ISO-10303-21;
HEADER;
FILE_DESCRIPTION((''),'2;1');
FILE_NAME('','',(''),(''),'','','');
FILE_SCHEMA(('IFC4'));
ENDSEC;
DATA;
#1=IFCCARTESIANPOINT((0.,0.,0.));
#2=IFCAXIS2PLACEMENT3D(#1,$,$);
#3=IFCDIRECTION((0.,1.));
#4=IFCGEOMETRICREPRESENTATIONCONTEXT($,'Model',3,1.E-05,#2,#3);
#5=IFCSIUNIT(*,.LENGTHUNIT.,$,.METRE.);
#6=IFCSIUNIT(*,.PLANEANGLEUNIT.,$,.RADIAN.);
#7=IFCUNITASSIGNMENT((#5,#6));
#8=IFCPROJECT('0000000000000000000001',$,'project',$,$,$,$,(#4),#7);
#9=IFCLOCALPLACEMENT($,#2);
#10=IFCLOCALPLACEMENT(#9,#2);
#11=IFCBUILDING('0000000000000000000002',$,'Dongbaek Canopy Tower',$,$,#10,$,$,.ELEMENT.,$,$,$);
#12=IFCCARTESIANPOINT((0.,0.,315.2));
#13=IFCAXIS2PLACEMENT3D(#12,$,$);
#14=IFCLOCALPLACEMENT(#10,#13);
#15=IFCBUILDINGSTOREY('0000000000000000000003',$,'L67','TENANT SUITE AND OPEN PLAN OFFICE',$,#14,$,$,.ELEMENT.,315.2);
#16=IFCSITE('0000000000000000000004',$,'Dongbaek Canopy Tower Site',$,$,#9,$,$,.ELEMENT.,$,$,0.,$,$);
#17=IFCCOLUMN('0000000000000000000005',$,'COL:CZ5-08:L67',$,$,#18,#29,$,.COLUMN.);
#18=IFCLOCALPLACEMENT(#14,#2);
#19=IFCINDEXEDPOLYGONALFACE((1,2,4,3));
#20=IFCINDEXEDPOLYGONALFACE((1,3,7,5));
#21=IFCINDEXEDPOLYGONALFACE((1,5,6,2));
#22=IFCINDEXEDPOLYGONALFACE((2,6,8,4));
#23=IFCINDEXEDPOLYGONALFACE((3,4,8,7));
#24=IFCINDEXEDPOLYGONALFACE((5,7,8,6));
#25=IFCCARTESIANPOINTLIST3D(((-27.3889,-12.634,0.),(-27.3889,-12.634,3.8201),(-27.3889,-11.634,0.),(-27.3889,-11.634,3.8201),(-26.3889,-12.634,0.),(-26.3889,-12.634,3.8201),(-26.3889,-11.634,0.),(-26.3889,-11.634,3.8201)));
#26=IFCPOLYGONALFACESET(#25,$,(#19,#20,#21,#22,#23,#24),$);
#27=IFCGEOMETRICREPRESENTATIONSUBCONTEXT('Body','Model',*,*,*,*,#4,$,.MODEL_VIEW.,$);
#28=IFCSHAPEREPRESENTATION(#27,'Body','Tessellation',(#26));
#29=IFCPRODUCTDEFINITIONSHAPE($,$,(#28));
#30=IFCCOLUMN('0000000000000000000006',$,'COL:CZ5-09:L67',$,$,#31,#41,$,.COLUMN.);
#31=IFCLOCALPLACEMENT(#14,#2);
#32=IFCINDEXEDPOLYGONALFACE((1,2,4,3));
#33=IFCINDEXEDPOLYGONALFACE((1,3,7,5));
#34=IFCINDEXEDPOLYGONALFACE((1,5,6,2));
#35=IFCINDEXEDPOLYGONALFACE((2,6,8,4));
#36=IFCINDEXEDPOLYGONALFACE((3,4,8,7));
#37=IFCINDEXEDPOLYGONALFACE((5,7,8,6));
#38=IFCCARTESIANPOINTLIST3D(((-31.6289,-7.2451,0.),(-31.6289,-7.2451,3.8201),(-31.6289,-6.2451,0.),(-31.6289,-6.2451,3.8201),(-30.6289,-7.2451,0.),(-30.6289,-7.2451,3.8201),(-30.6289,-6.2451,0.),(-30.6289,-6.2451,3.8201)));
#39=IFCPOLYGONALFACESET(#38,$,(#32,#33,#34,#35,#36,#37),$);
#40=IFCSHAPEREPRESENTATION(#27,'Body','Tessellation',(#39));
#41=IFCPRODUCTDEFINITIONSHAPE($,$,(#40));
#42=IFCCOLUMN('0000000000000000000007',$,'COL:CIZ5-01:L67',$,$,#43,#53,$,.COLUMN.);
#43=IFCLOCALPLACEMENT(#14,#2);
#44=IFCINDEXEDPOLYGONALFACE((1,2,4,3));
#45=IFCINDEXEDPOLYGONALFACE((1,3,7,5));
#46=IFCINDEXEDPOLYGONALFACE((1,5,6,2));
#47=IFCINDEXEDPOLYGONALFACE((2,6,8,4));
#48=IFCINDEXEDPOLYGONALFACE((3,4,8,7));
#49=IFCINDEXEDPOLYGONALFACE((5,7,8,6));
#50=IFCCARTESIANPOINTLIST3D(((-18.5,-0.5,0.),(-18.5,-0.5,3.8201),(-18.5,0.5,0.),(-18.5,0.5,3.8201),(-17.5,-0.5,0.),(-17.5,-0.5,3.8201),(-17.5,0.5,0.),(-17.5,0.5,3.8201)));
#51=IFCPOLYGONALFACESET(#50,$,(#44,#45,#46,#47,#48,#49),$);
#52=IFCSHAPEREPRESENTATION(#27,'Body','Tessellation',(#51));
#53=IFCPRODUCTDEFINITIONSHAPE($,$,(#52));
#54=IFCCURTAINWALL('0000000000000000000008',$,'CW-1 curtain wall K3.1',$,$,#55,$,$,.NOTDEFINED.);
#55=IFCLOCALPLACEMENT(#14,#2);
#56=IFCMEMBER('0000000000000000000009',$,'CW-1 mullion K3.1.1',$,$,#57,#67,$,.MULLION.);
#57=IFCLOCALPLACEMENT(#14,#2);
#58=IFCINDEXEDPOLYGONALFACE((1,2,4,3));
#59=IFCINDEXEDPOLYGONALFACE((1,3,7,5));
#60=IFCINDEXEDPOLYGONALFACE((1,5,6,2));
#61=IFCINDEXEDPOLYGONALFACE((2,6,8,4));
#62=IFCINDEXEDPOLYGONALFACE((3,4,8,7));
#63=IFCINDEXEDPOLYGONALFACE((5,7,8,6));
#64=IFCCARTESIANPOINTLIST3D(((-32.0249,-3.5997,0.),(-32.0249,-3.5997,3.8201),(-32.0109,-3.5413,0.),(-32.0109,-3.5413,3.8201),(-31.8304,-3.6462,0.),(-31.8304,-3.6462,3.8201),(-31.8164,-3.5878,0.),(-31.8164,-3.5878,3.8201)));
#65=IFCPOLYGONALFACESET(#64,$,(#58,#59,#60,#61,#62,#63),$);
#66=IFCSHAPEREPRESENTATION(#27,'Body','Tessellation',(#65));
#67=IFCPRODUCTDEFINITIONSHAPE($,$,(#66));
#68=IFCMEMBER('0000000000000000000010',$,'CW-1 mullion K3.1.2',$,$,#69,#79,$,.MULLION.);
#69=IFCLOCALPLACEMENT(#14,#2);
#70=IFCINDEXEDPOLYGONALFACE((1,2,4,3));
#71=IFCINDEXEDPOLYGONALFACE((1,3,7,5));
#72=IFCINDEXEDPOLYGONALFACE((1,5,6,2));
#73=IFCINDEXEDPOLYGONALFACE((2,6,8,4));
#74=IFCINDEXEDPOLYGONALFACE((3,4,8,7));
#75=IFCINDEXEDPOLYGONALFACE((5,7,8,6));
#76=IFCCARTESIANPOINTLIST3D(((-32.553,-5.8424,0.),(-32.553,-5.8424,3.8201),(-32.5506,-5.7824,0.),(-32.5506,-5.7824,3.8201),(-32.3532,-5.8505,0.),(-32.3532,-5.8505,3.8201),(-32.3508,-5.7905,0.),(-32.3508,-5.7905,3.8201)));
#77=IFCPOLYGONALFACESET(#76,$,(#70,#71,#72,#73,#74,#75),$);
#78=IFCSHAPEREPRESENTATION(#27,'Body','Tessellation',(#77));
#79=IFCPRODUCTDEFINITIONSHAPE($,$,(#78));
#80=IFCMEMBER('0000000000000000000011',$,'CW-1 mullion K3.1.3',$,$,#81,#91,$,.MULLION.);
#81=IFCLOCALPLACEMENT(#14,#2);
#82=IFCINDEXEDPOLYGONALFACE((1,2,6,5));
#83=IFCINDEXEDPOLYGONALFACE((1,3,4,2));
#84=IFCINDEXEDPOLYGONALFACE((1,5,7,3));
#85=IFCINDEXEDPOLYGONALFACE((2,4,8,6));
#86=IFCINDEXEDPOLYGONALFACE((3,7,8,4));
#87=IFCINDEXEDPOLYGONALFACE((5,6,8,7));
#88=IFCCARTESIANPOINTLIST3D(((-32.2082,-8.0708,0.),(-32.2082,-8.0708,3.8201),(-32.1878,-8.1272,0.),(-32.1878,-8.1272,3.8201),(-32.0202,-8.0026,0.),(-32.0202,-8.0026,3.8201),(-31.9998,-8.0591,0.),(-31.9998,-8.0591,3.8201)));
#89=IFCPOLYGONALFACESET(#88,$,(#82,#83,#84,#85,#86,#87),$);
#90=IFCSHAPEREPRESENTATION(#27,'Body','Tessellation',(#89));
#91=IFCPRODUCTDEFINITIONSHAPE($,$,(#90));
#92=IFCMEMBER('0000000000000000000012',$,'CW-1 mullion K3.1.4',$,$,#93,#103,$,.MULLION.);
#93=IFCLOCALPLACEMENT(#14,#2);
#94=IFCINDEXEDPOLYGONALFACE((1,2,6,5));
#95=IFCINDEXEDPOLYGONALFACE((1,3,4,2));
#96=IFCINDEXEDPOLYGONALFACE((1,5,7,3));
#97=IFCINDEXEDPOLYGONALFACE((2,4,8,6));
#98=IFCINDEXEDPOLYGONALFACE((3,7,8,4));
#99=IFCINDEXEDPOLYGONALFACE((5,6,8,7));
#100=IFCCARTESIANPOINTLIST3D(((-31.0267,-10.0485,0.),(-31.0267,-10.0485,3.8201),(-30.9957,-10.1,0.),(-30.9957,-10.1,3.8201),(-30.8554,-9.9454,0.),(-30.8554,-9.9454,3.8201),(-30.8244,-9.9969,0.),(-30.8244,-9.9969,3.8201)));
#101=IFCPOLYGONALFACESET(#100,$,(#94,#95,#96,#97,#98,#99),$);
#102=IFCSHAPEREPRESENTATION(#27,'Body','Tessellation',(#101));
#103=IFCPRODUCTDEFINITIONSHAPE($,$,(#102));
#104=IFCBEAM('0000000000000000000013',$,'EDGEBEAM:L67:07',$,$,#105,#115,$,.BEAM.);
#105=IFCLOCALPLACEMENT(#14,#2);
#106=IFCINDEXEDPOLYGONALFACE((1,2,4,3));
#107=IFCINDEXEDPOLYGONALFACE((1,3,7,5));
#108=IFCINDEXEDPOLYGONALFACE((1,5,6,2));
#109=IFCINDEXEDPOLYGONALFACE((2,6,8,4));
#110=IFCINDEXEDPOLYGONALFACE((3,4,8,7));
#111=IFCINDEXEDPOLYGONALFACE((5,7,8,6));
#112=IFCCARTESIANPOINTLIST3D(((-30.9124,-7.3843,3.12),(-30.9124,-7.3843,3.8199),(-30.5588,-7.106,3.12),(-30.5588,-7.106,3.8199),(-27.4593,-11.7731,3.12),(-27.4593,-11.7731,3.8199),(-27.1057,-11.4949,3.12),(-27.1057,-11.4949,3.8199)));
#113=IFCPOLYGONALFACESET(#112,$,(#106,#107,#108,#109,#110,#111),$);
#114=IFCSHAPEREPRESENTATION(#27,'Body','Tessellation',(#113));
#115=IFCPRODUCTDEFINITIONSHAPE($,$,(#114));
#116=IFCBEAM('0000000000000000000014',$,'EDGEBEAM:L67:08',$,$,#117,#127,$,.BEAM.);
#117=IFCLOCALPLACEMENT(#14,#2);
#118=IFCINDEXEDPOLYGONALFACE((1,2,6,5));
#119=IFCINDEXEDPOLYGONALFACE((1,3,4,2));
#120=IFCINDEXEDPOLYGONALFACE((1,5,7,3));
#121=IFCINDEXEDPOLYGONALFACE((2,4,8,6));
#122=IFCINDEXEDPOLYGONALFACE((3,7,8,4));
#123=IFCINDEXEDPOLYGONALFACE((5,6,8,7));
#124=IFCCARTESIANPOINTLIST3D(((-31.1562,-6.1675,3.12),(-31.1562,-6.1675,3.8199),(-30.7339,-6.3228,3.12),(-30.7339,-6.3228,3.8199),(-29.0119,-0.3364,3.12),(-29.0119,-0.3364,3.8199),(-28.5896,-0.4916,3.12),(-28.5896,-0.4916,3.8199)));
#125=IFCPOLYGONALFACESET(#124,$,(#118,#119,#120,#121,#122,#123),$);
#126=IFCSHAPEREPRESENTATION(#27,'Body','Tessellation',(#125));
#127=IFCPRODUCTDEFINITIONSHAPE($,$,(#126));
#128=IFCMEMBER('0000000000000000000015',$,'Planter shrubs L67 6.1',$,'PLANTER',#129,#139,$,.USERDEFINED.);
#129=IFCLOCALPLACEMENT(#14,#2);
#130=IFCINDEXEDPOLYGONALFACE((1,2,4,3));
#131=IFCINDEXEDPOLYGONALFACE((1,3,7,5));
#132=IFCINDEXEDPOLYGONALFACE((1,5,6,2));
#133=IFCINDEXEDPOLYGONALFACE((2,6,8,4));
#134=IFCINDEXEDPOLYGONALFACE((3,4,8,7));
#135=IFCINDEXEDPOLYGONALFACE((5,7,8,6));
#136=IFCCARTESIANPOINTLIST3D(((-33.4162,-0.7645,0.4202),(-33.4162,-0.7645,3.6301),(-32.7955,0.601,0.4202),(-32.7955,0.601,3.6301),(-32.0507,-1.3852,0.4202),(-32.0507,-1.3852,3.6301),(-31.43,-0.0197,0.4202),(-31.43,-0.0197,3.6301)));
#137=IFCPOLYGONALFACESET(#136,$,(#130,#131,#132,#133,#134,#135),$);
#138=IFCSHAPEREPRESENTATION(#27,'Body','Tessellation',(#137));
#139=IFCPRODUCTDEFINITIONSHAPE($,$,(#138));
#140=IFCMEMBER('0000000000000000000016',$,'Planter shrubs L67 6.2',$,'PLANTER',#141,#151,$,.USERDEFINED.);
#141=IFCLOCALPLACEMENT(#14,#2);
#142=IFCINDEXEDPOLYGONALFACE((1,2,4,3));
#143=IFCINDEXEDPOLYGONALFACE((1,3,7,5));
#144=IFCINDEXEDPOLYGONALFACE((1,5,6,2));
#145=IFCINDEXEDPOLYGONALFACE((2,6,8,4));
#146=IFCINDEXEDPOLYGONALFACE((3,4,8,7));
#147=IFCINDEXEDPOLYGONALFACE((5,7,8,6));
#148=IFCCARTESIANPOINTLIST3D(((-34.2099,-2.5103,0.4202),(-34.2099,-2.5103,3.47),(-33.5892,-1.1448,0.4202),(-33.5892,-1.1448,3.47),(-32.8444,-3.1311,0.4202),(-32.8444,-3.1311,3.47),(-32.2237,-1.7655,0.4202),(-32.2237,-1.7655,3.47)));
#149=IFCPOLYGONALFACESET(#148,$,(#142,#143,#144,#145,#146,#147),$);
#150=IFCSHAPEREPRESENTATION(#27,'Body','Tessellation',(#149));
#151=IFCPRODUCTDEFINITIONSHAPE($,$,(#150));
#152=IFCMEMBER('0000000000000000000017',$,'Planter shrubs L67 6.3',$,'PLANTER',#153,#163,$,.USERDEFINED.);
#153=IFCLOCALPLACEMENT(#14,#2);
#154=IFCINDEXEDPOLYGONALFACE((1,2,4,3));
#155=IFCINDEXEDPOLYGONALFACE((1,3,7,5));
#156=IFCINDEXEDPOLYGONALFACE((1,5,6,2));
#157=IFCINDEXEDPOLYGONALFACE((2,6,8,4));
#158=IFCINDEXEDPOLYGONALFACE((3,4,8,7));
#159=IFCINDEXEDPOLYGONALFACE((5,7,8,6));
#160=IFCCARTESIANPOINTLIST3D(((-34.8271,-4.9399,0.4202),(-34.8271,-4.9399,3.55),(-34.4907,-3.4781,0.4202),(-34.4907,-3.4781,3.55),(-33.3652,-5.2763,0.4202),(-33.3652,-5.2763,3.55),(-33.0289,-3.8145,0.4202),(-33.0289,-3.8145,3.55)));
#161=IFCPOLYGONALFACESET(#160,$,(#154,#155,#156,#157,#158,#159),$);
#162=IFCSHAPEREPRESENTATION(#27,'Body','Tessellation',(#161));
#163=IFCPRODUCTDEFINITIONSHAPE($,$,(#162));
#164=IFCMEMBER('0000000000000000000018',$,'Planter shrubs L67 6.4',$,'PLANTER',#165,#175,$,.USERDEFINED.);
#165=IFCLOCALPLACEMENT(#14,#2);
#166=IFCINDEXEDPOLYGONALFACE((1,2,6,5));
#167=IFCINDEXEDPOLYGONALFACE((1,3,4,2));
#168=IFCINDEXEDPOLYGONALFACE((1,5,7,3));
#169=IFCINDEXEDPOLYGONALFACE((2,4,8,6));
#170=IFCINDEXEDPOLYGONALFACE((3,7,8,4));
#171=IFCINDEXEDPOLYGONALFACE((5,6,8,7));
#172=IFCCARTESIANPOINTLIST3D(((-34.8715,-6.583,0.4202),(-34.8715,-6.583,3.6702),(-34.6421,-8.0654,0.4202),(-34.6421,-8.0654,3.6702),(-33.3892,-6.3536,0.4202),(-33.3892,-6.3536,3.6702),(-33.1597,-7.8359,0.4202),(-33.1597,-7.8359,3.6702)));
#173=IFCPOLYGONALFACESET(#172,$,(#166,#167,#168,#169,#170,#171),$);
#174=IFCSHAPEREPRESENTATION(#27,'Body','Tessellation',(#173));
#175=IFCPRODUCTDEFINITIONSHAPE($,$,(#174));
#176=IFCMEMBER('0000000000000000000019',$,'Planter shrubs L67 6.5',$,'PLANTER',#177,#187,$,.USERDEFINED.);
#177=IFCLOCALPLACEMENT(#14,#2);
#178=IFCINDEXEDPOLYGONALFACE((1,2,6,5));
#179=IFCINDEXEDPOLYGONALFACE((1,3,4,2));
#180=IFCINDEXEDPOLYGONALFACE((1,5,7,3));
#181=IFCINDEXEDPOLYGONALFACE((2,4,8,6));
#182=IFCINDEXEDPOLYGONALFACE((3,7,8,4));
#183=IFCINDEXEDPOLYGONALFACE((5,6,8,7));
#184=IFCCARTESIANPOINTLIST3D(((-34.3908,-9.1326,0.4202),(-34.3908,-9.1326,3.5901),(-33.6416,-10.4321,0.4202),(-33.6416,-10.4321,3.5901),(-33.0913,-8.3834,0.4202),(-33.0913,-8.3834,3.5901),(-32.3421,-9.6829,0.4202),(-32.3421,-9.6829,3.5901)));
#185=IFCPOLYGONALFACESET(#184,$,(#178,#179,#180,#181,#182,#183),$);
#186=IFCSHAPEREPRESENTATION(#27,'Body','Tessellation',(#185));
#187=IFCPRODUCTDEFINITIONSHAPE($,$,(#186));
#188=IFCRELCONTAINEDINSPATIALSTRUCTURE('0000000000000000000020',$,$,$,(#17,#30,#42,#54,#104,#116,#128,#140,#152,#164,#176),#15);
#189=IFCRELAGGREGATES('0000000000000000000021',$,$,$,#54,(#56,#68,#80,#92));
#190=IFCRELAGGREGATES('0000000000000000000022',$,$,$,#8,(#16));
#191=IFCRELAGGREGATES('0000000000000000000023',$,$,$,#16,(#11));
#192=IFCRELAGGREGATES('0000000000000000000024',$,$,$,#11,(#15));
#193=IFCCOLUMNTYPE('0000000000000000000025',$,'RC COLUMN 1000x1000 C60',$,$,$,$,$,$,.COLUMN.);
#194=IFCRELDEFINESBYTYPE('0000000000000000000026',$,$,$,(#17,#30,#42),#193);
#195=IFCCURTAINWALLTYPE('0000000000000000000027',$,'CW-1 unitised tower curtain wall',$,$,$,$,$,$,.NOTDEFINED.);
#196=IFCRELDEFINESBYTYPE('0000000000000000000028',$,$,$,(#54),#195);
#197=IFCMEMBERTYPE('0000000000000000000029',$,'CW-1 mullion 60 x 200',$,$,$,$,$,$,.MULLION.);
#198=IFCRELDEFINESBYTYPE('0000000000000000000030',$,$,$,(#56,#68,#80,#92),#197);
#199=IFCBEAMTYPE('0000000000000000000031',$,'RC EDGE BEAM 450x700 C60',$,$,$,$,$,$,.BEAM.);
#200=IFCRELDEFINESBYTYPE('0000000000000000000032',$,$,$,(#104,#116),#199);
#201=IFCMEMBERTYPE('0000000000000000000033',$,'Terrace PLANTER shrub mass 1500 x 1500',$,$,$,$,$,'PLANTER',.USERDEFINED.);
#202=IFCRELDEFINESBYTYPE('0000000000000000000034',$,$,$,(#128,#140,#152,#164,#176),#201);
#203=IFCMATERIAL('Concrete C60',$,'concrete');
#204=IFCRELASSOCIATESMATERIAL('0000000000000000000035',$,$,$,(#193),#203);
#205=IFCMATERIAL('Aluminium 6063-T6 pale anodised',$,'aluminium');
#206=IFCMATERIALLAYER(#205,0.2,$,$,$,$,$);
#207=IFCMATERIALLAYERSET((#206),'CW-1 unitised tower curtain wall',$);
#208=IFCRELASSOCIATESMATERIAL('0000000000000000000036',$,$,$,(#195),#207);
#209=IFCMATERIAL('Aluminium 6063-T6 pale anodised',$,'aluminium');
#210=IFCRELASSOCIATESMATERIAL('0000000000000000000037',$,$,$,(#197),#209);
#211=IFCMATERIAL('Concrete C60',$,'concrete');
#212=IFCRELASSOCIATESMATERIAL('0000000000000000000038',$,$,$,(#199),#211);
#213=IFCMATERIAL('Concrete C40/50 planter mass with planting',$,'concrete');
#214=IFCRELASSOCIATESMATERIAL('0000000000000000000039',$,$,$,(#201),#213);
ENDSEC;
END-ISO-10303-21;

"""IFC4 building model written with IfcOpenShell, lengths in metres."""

from ifc_helpers import new_model, si_unit, direction, frame, origin, origin_2d, place, context, subcontext, project, spatial, rectangle, extrude, material, layer, layer_set, material_profile, profile_set, type_object, element, aggregate, save


model = new_model("IFC4")

# Units and contexts
model_context = context("Model", 3, precision=1e-05, world=origin(), true_north=direction((0.0, 1.0)))
body_context = subcontext(model_context, "Body", "Model", "MODEL_VIEW")
ifc_project = project(units=[si_unit("LENGTHUNIT", "METRE"), si_unit("PLANEANGLEUNIT", "RADIAN")], contexts=[model_context])

# Site, building, storey
site_placement = place(None, origin())
site = spatial("IfcSite", under=ifc_project, at=site_placement, Name="Dongbaek Canopy Tower Site", CompositionType="ELEMENT", RefElevation=0.0)
building_placement = place(site_placement, origin())
building = spatial("IfcBuilding", under=site, at=building_placement, Name="Dongbaek Canopy Tower", CompositionType="ELEMENT")
storey_placement = place(building_placement, frame((0.0, 0.0, 315.2)))
storey = spatial("IfcBuildingStorey", under=building, at=storey_placement, Name="L67", Description="TENANT SUITE AND OPEN PLAN OFFICE", CompositionType="ELEMENT", Elevation=315.2)

# Columns
ifc_material_1 = material(Name="Concrete C60", Category="concrete")
ifc_material_profile_1 = material_profile(ifc_material_1, rectangle(XDim=1.0, YDim=1.0, at=origin_2d()), Name="RC COLUMN 1000x1000 C60")
ifc_profile_set_1 = profile_set([ifc_material_profile_1], Name="Concrete C60")
column_type = type_object("IfcColumnType", Name="RC COLUMN 1000x1000 C60", PredefinedType="COLUMN", material=ifc_profile_set_1)
for number, where, z_axis, x_axis, name in (
    (1, (-26.8889, -12.134, 0.0), (0.0, 0.0, 1.0), (1.0, 0.0, 0.0), "COL:CZ5-08:L67"),
    (2, (-31.1289, -6.7451, 0.0), (0.0, 0.0, 1.0), (1.0, 0.0, 0.0), "COL:CZ5-09:L67"),
    (3, (-18.0, 0.0, 0.0), (0.0, 0.0, 1.0), (1.0, 0.0, 0.0), "COL:CIZ5-01:L67"),
):
    element("IfcColumn", number, at=place(storey_placement, frame(where, z_axis=z_axis, x_axis=x_axis)), inside=storey, type_object=column_type, Name=name, PredefinedType="COLUMN", context=body_context, shape_type="SweptSolid", body=[
        extrude(rectangle(XDim=1.0, YDim=1.0, at=origin_2d()), origin(), (0.0, 0.0, 1.0), 3.8201),
    ])

# Curtain wall, members
ifc_material_2 = material(Name="Aluminium 6063-T6 pale anodised", Category="aluminium")
ifc_layer_1 = layer(ifc_material_2, 0.2)
ifc_layer_set_1 = layer_set([ifc_layer_1], Name="CW-1 unitised tower curtain wall")
curtain_wall_type = type_object("IfcCurtainWallType", Name="CW-1 unitised tower curtain wall", PredefinedType="NOTDEFINED", material=ifc_layer_set_1)
curtain_wall_placement = place(storey_placement, origin())
curtain_wall = element("IfcCurtainWall", 4, at=curtain_wall_placement, inside=storey, type_object=curtain_wall_type, Name="CW-1 curtain wall K3.1", PredefinedType="NOTDEFINED")
ifc_material_3 = material(Name="Aluminium 6063-T6 pale anodised", Category="aluminium")
ifc_material_profile_2 = material_profile(ifc_material_3, rectangle(XDim=0.2, YDim=0.0601, at=origin_2d()), Name="CW-1 mullion 60 x 200")
ifc_profile_set_2 = profile_set([ifc_material_profile_2], Name="Aluminium 6063-T6 pale anodised")
member_type_1 = type_object("IfcMemberType", Name="CW-1 mullion 60 x 200", PredefinedType="MULLION", material=ifc_profile_set_2)
member_1_placement = place(storey_placement, frame((-31.9207, -3.5938, 0.0), z_axis=(0.0, 0.0, 1.0), x_axis=(-0.972601, 0.232482, 0.0)))
member_1 = element("IfcMember", 5, at=member_1_placement, type_object=member_type_1, Name="CW-1 mullion K3.1.1", PredefinedType="MULLION", context=body_context, shape_type="SweptSolid", body=[
    extrude(rectangle(XDim=0.2, YDim=0.0601, at=origin_2d()), origin(), (0.0, 0.0, 1.0), 3.8201),
])
member_2_placement = place(storey_placement, frame((-32.4519, -5.8164, 0.0), z_axis=(0.0, 0.0, 1.0), x_axis=(-0.999179, 0.04052, 0.0)))
member_2 = element("IfcMember", 6, at=member_2_placement, type_object=member_type_1, Name="CW-1 mullion K3.1.2", PredefinedType="MULLION", context=body_context, shape_type="SweptSolid", body=[
    extrude(rectangle(XDim=0.2, YDim=0.0601, at=origin_2d()), origin(), (0.0, 0.0, 1.0), 3.8201),
])
member_3_placement = place(storey_placement, frame((-32.104, -8.0649, 0.0), z_axis=(0.0, 0.0, 1.0), x_axis=(-0.940171, -0.340703, 0.0)))
member_3 = element("IfcMember", 7, at=member_3_placement, type_object=member_type_1, Name="CW-1 mullion K3.1.3", PredefinedType="MULLION", context=body_context, shape_type="SweptSolid", body=[
    extrude(rectangle(XDim=0.2, YDim=0.0601, at=origin_2d()), origin(), (0.0, 0.0, 1.0), 3.8201),
])
member_4_placement = place(storey_placement, frame((-30.9255, -10.0227, 0.0), z_axis=(0.0, 0.0, 1.0), x_axis=(-0.856802, -0.515646, 0.0)))
member_4 = element("IfcMember", 8, at=member_4_placement, type_object=member_type_1, Name="CW-1 mullion K3.1.4", PredefinedType="MULLION", context=body_context, shape_type="SweptSolid", body=[
    extrude(rectangle(XDim=0.2, YDim=0.0601, at=origin_2d()), origin(), (0.0, 0.0, 1.0), 3.8201),
])

# Beams
ifc_material_4 = material(Name="Concrete C60", Category="concrete")
ifc_material_profile_3 = material_profile(ifc_material_4, rectangle(XDim=0.45, YDim=0.7, at=origin_2d()), Name="RC EDGE BEAM 450x700 C60")
ifc_profile_set_3 = profile_set([ifc_material_profile_3], Name="Concrete C60")
beam_type = type_object("IfcBeamType", Name="RC EDGE BEAM 450x700 C60", PredefinedType="BEAM", material=ifc_profile_set_3)
beam_1_placement = place(storey_placement, frame((-27.2825, -11.634, 3.47), z_axis=(-0.618341, 0.78591, 0.0), x_axis=(-0.78591, -0.618341, 0.0)))
element("IfcBeam", 9, at=beam_1_placement, inside=storey, type_object=beam_type, Name="EDGEBEAM:L67:07", PredefinedType="BEAM", context=body_context, shape_type="SweptSolid", body=[
    extrude(rectangle(XDim=0.45, YDim=0.7, at=origin_2d()), origin(), (0.0, 0.0, 1.0), 5.5845),
])
beam_2_placement = place(storey_placement, frame((-30.9451, -6.2451, 3.47), z_axis=(0.345139, 0.938552, 0.0), x_axis=(-0.938552, 0.345139, 0.0)))
element("IfcBeam", 10, at=beam_2_placement, inside=storey, type_object=beam_type, Name="EDGEBEAM:L67:08", PredefinedType="BEAM", context=body_context, shape_type="SweptSolid", body=[
    extrude(rectangle(XDim=0.45, YDim=0.7, at=origin_2d()), origin(), (0.0, 0.0, 1.0), 6.2129),
])

# Members
ifc_material_5 = material(Name="Concrete C40/50 planter mass with planting", Category="concrete")
ifc_material_profile_4 = material_profile(ifc_material_5, rectangle(XDim=1.5, YDim=1.5, at=origin_2d()), Name="Terrace PLANTER shrub mass 1500 x 1500")
ifc_profile_set_4 = profile_set([ifc_material_profile_4], Name="Concrete C40/50 planter mass with planting")
member_type_2 = type_object("IfcMemberType", Name="Terrace PLANTER shrub mass 1500 x 1500", ElementType="PLANTER", PredefinedType="USERDEFINED", material=ifc_profile_set_4)
member_5_placement = place(storey_placement, frame((-32.4231, -0.3921, 0.4202), z_axis=(0.0, 0.0, 1.0), x_axis=(-0.910356, 0.413826, 0.0)))
element("IfcMember", 11, at=member_5_placement, inside=storey, type_object=member_type_2, Name="Planter shrubs L67 6.1", ObjectType="PLANTER", PredefinedType="USERDEFINED", context=body_context, shape_type="SweptSolid", body=[
    extrude(rectangle(XDim=1.5, YDim=1.5, at=origin_2d()), origin(), (0.0, 0.0, 1.0), 3.21),
])
member_6_placement = place(storey_placement, frame((-33.2168, -2.1379, 0.4202), z_axis=(0.0, 0.0, 1.0), x_axis=(-0.910356, 0.413826, 0.0)))
element("IfcMember", 12, at=member_6_placement, inside=storey, type_object=member_type_2, Name="Planter shrubs L67 6.2", ObjectType="PLANTER", PredefinedType="USERDEFINED", context=body_context, shape_type="SweptSolid", body=[
    extrude(rectangle(XDim=1.5, YDim=1.5, at=origin_2d()), origin(), (0.0, 0.0, 1.0), 3.0498),
])
member_7_placement = place(storey_placement, frame((-33.928, -4.3772, 0.4202), z_axis=(0.0, 0.0, 1.0), x_axis=(-0.974537, 0.224226, 0.0)))
element("IfcMember", 13, at=member_7_placement, inside=storey, type_object=member_type_2, Name="Planter shrubs L67 6.3", ObjectType="PLANTER", PredefinedType="USERDEFINED", context=body_context, shape_type="SweptSolid", body=[
    extrude(rectangle(XDim=1.5, YDim=1.5, at=origin_2d()), origin(), (0.0, 0.0, 1.0), 3.1299),
])
member_8_placement = place(storey_placement, frame((-34.0156, -7.2095, 0.4202), z_axis=(0.0, 0.0, 1.0), x_axis=(-0.988232, -0.152964, 0.0)))
element("IfcMember", 14, at=member_8_placement, inside=storey, type_object=member_type_2, Name="Planter shrubs L67 6.4", ObjectType="PLANTER", PredefinedType="USERDEFINED", context=body_context, shape_type="SweptSolid", body=[
    extrude(rectangle(XDim=1.5, YDim=1.5, at=origin_2d()), origin(), (0.0, 0.0, 1.0), 3.25),
])
member_9_placement = place(storey_placement, frame((-33.3665, -9.4077, 0.4202), z_axis=(0.0, 0.0, 1.0), x_axis=(-0.866329, -0.499475, 0.0)))
element("IfcMember", 15, at=member_9_placement, inside=storey, type_object=member_type_2, Name="Planter shrubs L67 6.5", ObjectType="PLANTER", PredefinedType="USERDEFINED", context=body_context, shape_type="SweptSolid", body=[
    extrude(rectangle(XDim=1.5, YDim=1.5, at=origin_2d()), origin(), (0.0, 0.0, 1.0), 3.1699),
])

aggregate(curtain_wall, [member_1, member_2, member_3, member_4])

save(model, "model.ifc")
